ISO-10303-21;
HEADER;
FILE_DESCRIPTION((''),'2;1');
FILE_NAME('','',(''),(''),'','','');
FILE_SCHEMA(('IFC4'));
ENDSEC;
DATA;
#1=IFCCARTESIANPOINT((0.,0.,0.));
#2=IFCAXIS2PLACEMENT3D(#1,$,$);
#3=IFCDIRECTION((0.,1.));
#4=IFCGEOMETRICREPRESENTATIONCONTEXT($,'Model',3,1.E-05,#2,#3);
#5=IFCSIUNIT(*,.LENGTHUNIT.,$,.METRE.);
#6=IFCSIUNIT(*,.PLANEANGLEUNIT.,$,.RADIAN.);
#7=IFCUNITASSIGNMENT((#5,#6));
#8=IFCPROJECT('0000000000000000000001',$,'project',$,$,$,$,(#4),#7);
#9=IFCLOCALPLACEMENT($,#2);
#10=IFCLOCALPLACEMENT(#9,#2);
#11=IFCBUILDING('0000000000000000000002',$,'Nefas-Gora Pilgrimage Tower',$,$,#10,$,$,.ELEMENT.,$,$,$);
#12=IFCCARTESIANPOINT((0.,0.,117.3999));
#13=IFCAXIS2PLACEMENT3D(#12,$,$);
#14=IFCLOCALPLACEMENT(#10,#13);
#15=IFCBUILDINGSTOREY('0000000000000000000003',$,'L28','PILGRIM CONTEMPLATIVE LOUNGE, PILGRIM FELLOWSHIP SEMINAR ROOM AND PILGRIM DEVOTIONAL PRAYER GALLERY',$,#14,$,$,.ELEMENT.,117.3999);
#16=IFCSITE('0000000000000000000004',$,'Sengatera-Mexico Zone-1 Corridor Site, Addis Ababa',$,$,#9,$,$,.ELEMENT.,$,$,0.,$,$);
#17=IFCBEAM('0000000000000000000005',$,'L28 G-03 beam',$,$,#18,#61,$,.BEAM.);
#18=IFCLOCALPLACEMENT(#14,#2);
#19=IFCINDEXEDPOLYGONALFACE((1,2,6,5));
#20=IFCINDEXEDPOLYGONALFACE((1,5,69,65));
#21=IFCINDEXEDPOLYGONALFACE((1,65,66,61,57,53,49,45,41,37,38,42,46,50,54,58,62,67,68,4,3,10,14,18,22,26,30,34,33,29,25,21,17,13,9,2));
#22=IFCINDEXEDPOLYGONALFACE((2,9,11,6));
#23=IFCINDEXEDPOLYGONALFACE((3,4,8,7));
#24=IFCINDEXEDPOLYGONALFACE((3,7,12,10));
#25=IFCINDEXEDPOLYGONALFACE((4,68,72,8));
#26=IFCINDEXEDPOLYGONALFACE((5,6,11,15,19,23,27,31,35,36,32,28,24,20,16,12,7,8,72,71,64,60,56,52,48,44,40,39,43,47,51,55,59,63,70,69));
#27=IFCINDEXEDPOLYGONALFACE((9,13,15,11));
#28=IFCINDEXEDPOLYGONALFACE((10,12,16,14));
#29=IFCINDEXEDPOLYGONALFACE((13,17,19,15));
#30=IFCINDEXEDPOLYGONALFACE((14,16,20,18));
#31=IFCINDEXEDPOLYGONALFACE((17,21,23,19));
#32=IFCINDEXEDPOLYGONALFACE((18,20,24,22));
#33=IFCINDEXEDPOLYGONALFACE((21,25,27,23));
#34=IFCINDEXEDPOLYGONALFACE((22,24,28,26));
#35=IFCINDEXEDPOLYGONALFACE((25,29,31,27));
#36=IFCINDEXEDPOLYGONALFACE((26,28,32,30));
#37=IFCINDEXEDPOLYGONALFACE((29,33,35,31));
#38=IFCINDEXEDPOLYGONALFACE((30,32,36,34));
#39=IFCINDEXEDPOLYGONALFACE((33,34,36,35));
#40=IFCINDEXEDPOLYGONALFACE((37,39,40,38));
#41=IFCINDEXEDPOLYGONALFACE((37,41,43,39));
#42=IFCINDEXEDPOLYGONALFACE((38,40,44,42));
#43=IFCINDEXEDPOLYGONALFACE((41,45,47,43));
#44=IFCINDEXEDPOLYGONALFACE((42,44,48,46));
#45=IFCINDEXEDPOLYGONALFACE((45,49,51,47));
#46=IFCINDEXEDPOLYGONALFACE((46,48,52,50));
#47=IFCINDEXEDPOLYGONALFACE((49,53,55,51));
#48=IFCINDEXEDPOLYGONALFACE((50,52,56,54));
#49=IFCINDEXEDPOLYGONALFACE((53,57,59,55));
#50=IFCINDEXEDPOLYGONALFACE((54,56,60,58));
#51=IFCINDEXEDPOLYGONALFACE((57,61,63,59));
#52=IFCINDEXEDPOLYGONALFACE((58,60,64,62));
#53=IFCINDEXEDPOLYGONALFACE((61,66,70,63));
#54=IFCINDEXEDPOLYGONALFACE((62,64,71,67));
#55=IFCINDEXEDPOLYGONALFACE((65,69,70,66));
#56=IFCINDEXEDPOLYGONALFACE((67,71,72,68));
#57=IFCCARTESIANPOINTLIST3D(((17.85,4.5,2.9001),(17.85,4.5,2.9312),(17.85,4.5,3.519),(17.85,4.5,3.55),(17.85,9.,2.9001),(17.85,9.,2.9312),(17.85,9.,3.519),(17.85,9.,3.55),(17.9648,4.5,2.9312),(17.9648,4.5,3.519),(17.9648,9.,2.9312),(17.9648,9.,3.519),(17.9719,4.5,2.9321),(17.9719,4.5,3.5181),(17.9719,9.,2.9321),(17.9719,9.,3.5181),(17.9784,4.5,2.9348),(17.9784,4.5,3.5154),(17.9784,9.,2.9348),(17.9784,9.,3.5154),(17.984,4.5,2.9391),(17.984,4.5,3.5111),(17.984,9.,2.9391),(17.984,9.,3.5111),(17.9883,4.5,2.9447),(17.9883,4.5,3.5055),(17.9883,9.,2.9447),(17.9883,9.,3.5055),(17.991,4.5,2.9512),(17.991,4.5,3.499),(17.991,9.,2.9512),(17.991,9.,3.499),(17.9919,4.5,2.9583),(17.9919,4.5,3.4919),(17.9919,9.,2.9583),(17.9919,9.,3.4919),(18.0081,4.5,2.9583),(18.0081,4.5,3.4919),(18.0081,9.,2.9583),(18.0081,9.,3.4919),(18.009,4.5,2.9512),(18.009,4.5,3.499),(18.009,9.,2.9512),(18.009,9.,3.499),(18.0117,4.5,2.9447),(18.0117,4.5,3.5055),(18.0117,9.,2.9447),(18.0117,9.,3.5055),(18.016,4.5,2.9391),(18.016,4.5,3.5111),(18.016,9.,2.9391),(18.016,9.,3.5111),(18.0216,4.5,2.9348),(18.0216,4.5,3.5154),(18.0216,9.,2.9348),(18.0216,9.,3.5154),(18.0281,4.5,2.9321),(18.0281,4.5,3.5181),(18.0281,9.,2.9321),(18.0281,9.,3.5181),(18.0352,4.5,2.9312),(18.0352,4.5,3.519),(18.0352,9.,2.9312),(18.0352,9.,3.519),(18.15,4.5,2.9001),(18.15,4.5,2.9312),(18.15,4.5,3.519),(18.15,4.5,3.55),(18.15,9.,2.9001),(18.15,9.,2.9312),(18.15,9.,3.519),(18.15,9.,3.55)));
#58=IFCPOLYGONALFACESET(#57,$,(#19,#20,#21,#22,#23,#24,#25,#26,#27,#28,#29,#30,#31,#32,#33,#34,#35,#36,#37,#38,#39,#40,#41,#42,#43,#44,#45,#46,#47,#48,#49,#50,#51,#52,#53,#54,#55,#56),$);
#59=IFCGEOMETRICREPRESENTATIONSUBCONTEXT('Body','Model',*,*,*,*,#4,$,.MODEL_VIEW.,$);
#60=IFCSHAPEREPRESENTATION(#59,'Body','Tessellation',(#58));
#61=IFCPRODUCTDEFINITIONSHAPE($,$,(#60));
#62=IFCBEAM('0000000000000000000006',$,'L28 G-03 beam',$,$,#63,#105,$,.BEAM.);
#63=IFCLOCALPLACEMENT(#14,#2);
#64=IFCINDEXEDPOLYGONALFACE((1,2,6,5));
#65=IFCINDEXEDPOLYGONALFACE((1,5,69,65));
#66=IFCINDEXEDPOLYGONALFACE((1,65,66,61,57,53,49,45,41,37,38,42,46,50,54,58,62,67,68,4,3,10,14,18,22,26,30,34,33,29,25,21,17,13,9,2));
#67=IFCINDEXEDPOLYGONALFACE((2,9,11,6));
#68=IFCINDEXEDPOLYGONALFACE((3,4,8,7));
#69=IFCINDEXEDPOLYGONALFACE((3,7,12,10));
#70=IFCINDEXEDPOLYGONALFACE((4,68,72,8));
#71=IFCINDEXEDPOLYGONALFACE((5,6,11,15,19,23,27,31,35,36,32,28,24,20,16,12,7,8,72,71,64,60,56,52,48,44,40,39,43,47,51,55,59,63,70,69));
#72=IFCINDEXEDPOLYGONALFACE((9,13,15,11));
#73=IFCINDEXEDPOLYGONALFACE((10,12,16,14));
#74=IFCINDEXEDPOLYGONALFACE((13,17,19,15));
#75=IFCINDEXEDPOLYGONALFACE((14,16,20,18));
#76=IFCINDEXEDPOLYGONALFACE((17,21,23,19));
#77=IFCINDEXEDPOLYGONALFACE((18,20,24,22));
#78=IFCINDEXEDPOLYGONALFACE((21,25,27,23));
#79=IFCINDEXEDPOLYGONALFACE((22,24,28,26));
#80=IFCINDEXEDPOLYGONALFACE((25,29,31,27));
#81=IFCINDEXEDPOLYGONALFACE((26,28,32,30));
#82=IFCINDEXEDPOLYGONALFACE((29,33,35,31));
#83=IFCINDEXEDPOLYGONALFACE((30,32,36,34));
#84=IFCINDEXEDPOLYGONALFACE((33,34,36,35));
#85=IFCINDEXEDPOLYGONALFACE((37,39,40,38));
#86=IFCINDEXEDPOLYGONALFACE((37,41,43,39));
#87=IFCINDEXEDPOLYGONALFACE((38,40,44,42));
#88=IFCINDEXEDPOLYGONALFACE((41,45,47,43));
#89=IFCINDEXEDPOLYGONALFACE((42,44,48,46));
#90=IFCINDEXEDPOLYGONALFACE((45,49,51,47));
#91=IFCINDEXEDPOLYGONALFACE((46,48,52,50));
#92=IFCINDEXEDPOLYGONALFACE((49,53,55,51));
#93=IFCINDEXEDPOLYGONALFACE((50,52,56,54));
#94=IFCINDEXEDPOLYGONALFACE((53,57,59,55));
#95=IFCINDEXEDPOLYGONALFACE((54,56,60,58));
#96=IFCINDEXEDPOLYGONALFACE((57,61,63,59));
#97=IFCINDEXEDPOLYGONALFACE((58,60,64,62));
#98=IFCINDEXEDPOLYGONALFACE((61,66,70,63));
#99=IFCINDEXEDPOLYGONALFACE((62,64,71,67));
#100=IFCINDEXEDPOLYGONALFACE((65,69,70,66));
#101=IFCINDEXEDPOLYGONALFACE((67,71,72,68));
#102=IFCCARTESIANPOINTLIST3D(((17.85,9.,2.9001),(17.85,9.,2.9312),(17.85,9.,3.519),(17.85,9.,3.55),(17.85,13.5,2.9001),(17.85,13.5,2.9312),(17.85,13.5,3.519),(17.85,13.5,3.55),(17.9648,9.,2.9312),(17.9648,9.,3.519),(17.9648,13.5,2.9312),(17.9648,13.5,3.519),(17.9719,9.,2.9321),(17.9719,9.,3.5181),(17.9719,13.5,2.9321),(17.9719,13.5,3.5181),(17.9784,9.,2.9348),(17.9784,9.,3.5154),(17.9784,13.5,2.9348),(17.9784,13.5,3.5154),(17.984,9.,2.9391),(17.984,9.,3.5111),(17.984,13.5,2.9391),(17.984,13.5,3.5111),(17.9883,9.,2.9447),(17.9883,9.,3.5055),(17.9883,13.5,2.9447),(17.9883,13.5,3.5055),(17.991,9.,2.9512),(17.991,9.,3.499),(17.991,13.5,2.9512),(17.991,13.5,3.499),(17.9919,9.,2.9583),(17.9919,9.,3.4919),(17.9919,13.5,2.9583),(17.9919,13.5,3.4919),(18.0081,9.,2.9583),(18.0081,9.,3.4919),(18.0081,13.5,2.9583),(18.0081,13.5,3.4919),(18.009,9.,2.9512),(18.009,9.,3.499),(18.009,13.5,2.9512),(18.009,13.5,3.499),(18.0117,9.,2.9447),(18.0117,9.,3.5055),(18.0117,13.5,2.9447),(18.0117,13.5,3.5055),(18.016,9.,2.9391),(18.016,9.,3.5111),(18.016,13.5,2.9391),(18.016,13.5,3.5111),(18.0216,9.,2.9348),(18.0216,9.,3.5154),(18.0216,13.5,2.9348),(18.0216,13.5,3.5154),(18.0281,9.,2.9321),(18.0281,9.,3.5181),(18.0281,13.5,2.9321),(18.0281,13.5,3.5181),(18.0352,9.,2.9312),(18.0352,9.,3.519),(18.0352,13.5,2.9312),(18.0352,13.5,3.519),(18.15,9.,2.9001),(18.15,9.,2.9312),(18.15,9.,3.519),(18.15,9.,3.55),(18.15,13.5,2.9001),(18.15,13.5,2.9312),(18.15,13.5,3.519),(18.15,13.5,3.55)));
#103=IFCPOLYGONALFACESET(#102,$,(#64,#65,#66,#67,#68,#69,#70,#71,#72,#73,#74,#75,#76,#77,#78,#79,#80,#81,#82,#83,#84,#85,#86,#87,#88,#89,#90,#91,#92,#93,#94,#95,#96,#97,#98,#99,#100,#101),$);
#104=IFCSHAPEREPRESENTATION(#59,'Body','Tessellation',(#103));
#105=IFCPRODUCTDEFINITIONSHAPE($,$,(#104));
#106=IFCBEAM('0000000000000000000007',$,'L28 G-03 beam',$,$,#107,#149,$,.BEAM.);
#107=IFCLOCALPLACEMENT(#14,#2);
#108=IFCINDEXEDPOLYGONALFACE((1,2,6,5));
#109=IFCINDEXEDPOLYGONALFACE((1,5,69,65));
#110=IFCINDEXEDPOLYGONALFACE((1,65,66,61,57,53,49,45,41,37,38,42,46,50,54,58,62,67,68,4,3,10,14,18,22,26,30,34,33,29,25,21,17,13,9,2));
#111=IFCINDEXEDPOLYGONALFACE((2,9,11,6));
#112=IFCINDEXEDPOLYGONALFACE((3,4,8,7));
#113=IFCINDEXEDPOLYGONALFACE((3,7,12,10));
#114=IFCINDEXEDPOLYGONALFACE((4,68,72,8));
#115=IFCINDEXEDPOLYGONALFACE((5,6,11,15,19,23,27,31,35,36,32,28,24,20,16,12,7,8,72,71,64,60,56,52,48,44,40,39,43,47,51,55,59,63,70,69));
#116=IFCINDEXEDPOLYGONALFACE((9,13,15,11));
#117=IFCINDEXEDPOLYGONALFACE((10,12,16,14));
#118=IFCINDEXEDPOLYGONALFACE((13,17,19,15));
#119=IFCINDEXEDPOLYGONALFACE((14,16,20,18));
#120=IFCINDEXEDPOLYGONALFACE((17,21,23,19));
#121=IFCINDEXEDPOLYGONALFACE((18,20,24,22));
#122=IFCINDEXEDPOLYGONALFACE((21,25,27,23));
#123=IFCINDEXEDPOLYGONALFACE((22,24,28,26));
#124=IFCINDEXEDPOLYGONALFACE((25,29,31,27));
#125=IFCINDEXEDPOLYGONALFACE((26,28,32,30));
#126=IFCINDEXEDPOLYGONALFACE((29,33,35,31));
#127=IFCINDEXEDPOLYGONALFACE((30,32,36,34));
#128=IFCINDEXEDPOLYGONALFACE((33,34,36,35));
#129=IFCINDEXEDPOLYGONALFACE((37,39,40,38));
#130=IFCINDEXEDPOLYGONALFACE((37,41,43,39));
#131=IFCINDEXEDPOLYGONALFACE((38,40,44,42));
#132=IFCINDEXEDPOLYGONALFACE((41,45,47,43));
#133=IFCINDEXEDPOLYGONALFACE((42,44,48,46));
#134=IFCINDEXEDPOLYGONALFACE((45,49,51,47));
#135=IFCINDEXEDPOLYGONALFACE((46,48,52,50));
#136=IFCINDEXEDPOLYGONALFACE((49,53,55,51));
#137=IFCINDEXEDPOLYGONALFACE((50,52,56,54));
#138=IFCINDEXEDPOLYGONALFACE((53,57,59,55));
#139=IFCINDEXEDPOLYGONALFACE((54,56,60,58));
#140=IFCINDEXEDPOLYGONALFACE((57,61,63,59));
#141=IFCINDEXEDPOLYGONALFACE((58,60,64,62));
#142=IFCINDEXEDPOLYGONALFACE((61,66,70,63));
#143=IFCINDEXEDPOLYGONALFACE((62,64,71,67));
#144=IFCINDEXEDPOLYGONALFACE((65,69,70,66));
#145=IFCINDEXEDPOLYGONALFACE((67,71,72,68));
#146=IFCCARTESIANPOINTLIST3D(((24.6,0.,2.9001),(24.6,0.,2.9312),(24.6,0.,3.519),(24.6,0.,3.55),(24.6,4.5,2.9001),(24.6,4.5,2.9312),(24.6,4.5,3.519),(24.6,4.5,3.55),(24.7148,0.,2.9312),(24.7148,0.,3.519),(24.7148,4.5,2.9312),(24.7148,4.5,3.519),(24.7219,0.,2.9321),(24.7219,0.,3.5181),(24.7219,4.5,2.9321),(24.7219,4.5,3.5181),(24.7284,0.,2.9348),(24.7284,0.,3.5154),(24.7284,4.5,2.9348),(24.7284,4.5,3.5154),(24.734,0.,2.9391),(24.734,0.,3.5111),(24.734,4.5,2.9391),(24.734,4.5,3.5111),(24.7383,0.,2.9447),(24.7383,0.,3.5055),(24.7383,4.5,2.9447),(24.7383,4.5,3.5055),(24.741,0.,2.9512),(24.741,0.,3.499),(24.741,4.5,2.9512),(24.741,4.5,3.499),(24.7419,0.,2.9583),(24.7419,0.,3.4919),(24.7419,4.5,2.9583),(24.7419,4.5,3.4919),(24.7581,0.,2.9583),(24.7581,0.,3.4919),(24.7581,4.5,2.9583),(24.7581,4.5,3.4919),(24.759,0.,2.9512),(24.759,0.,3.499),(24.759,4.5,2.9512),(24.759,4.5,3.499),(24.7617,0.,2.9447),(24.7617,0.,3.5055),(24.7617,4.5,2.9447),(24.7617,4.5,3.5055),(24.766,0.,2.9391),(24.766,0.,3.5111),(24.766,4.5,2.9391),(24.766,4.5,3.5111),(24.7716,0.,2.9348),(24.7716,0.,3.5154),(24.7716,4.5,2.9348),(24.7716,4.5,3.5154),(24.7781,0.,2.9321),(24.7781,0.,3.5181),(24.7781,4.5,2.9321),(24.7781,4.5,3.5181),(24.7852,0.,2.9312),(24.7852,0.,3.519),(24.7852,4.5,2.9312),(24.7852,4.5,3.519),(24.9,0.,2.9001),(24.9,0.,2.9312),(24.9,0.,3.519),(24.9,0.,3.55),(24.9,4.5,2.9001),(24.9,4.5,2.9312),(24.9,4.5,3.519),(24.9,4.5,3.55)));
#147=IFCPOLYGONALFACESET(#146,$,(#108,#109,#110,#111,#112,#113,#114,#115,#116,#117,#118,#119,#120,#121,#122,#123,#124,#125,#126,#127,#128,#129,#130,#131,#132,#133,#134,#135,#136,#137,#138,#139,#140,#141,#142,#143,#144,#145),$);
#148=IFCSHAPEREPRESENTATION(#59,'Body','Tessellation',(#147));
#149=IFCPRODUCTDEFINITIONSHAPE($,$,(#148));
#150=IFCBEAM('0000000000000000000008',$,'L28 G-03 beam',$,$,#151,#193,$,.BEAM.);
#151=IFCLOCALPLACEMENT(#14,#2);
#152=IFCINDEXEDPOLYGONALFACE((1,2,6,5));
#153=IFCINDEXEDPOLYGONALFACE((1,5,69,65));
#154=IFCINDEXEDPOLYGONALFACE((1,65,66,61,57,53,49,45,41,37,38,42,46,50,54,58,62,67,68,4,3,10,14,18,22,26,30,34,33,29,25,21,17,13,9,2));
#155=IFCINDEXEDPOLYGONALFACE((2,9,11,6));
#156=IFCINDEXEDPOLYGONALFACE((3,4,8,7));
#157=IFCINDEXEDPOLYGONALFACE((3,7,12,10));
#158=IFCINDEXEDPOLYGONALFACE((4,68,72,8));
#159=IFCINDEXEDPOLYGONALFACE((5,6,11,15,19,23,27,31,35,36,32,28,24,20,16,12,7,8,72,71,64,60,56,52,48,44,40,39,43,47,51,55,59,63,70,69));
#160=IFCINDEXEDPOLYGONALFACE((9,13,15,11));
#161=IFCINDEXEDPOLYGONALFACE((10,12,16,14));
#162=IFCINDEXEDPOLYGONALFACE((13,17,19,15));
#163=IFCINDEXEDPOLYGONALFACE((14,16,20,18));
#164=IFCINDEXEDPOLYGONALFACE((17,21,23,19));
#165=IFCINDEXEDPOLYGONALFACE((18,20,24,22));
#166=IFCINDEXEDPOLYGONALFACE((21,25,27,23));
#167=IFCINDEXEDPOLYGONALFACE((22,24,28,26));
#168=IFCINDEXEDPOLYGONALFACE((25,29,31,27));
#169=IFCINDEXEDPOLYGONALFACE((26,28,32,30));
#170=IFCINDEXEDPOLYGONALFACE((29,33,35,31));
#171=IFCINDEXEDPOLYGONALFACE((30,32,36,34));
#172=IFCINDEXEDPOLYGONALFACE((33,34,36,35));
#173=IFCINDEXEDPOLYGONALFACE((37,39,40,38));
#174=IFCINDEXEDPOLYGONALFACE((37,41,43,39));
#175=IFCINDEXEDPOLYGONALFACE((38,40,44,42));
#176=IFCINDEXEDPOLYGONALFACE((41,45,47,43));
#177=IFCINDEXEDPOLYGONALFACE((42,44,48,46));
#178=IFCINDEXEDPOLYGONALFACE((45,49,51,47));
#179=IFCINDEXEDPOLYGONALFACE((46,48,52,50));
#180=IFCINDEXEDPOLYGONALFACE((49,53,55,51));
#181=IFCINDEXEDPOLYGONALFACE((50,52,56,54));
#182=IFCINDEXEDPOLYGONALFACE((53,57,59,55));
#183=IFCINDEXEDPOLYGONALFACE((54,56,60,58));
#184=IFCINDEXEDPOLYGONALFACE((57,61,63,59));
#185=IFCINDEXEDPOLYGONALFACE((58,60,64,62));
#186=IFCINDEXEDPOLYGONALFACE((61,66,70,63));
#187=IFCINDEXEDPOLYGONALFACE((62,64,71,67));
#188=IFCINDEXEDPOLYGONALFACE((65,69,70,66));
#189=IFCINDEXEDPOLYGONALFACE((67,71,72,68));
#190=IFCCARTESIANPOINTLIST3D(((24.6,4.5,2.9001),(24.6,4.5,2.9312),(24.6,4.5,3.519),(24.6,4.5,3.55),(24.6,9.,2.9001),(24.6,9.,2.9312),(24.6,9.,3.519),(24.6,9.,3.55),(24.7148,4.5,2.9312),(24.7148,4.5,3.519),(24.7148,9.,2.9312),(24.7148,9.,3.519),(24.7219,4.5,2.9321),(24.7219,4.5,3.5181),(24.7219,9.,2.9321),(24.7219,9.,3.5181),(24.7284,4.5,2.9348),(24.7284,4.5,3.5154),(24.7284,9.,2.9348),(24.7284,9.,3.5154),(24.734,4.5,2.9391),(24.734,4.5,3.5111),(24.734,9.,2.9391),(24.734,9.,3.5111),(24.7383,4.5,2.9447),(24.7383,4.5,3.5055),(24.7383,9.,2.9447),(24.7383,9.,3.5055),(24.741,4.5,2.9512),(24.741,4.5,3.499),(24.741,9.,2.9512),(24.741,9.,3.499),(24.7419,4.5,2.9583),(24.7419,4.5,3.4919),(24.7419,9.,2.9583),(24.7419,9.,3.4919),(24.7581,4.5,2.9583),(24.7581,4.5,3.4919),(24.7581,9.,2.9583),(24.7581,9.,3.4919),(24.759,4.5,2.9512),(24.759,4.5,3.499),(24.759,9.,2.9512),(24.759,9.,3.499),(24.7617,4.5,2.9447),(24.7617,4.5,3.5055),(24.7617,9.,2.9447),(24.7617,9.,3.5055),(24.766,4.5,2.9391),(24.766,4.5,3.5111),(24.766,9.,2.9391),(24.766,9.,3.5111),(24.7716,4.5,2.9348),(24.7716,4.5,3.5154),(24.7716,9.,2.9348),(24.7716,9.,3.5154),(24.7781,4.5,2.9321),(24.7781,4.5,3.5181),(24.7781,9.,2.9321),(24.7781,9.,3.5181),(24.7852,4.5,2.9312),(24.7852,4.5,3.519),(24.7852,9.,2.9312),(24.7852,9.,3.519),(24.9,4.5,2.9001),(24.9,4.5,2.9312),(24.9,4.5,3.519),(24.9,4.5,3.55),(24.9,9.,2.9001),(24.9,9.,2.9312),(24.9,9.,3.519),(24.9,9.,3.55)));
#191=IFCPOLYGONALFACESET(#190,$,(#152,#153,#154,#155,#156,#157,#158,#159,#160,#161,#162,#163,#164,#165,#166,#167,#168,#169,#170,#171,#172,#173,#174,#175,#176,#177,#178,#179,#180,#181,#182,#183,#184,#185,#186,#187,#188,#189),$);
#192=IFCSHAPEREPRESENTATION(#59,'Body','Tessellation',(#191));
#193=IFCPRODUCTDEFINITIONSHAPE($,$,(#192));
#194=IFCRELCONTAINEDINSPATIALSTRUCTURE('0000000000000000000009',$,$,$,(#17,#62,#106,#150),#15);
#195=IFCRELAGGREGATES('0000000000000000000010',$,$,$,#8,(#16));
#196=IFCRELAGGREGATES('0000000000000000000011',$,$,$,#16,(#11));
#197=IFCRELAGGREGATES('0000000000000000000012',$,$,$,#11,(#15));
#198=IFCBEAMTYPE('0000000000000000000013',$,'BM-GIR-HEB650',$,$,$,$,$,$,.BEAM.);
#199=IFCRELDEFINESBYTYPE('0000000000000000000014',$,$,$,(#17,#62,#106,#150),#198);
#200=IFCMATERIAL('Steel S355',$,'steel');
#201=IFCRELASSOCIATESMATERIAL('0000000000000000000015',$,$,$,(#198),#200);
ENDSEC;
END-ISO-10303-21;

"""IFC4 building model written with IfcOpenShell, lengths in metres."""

from ifc_helpers import new_model, si_unit, direction, frame, origin, origin_2d, place, context, subcontext, project, spatial, i_section, extrude, source, transform, mapped, material, material_profile, profile_set, type_object, element, save


model = new_model("IFC4")

# Units and contexts
model_context = context("Model", 3, precision=1e-05, world=origin(), true_north=direction((0.0, 1.0)))
body_context = subcontext(model_context, "Body", "Model", "MODEL_VIEW")
ifc_project = project(units=[si_unit("LENGTHUNIT", "METRE"), si_unit("PLANEANGLEUNIT", "RADIAN")], contexts=[model_context])

# Site, building, storey
site_placement = place(None, origin())
site = spatial("IfcSite", under=ifc_project, at=site_placement, Name="Sengatera-Mexico Zone-1 Corridor Site, Addis Ababa", CompositionType="ELEMENT", RefElevation=0.0)
building_placement = place(site_placement, origin())
building = spatial("IfcBuilding", under=site, at=building_placement, Name="Nefas-Gora Pilgrimage Tower", CompositionType="ELEMENT")
storey_placement = place(building_placement, frame((0.0, 0.0, 117.3999)))
storey = spatial("IfcBuildingStorey", under=building, at=storey_placement, Name="L28", Description="PILGRIM CONTEMPLATIVE LOUNGE, PILGRIM FELLOWSHIP SEMINAR ROOM AND PILGRIM DEVOTIONAL PRAYER GALLERY", CompositionType="ELEMENT", Elevation=117.3999)

# Beams
ifc_material_1 = material(Name="Steel S355", Category="steel")
ifc_material_profile_1 = material_profile(ifc_material_1, i_section(OverallWidth=0.3, OverallDepth=0.6499, WebThickness=0.0161, FlangeThickness=0.031, FilletRadius=0.0271, at=origin_2d()), Name="HEB 650")
ifc_profile_set_1 = profile_set([ifc_material_profile_1], Name="Steel S355")
beam_type_1 = type_object("IfcBeamType", Name="BM-GIR-HEB650", PredefinedType="BEAM", material=ifc_profile_set_1)
shared_shape_1 = source(origin(), body_context, "Body", "SweptSolid", [
    extrude(i_section(OverallWidth=0.3, OverallDepth=0.6499, WebThickness=0.0161, FlangeThickness=0.031, FilletRadius=0.0271, at=origin_2d()), origin(), (0.0, 0.0, 1.0), 4.5),
])
for number, where, z_axis, x_axis, name in (
    (1, (18.0, 4.5, 3.2251), (0.0, 1.0, 0.0), (-1.0, 0.0, 0.0), "L28 G-03 beam"),
    (2, (18.0, 9.0, 3.2251), (0.0, 1.0, 0.0), (-1.0, 0.0, 0.0), "L28 G-03 beam"),
    (3, (24.75, 0.0, 3.2251), (0.0, 1.0, 0.0), (-1.0, 0.0, 0.0), "L28 G-03 beam"),
    (4, (24.75, 4.5, 3.2251), (0.0, 1.0, 0.0), (-1.0, 0.0, 0.0), "L28 G-03 beam"),
):
    element("IfcBeam", number, at=place(storey_placement, frame(where, z_axis=z_axis, x_axis=x_axis)), inside=storey, type_object=beam_type_1, Name=name, PredefinedType="BEAM", context=body_context, shape_type="MappedRepresentation", body=[
        mapped(shared_shape_1, transform((0.0, 0.0, 0.0), x_axis=(1.0, 0.0, 0.0), y_axis=(0.0, 1.0, 0.0), z_axis=(0.0, 0.0, 1.0), scale=1.0)),
    ])

save(model, "model.ifc")
